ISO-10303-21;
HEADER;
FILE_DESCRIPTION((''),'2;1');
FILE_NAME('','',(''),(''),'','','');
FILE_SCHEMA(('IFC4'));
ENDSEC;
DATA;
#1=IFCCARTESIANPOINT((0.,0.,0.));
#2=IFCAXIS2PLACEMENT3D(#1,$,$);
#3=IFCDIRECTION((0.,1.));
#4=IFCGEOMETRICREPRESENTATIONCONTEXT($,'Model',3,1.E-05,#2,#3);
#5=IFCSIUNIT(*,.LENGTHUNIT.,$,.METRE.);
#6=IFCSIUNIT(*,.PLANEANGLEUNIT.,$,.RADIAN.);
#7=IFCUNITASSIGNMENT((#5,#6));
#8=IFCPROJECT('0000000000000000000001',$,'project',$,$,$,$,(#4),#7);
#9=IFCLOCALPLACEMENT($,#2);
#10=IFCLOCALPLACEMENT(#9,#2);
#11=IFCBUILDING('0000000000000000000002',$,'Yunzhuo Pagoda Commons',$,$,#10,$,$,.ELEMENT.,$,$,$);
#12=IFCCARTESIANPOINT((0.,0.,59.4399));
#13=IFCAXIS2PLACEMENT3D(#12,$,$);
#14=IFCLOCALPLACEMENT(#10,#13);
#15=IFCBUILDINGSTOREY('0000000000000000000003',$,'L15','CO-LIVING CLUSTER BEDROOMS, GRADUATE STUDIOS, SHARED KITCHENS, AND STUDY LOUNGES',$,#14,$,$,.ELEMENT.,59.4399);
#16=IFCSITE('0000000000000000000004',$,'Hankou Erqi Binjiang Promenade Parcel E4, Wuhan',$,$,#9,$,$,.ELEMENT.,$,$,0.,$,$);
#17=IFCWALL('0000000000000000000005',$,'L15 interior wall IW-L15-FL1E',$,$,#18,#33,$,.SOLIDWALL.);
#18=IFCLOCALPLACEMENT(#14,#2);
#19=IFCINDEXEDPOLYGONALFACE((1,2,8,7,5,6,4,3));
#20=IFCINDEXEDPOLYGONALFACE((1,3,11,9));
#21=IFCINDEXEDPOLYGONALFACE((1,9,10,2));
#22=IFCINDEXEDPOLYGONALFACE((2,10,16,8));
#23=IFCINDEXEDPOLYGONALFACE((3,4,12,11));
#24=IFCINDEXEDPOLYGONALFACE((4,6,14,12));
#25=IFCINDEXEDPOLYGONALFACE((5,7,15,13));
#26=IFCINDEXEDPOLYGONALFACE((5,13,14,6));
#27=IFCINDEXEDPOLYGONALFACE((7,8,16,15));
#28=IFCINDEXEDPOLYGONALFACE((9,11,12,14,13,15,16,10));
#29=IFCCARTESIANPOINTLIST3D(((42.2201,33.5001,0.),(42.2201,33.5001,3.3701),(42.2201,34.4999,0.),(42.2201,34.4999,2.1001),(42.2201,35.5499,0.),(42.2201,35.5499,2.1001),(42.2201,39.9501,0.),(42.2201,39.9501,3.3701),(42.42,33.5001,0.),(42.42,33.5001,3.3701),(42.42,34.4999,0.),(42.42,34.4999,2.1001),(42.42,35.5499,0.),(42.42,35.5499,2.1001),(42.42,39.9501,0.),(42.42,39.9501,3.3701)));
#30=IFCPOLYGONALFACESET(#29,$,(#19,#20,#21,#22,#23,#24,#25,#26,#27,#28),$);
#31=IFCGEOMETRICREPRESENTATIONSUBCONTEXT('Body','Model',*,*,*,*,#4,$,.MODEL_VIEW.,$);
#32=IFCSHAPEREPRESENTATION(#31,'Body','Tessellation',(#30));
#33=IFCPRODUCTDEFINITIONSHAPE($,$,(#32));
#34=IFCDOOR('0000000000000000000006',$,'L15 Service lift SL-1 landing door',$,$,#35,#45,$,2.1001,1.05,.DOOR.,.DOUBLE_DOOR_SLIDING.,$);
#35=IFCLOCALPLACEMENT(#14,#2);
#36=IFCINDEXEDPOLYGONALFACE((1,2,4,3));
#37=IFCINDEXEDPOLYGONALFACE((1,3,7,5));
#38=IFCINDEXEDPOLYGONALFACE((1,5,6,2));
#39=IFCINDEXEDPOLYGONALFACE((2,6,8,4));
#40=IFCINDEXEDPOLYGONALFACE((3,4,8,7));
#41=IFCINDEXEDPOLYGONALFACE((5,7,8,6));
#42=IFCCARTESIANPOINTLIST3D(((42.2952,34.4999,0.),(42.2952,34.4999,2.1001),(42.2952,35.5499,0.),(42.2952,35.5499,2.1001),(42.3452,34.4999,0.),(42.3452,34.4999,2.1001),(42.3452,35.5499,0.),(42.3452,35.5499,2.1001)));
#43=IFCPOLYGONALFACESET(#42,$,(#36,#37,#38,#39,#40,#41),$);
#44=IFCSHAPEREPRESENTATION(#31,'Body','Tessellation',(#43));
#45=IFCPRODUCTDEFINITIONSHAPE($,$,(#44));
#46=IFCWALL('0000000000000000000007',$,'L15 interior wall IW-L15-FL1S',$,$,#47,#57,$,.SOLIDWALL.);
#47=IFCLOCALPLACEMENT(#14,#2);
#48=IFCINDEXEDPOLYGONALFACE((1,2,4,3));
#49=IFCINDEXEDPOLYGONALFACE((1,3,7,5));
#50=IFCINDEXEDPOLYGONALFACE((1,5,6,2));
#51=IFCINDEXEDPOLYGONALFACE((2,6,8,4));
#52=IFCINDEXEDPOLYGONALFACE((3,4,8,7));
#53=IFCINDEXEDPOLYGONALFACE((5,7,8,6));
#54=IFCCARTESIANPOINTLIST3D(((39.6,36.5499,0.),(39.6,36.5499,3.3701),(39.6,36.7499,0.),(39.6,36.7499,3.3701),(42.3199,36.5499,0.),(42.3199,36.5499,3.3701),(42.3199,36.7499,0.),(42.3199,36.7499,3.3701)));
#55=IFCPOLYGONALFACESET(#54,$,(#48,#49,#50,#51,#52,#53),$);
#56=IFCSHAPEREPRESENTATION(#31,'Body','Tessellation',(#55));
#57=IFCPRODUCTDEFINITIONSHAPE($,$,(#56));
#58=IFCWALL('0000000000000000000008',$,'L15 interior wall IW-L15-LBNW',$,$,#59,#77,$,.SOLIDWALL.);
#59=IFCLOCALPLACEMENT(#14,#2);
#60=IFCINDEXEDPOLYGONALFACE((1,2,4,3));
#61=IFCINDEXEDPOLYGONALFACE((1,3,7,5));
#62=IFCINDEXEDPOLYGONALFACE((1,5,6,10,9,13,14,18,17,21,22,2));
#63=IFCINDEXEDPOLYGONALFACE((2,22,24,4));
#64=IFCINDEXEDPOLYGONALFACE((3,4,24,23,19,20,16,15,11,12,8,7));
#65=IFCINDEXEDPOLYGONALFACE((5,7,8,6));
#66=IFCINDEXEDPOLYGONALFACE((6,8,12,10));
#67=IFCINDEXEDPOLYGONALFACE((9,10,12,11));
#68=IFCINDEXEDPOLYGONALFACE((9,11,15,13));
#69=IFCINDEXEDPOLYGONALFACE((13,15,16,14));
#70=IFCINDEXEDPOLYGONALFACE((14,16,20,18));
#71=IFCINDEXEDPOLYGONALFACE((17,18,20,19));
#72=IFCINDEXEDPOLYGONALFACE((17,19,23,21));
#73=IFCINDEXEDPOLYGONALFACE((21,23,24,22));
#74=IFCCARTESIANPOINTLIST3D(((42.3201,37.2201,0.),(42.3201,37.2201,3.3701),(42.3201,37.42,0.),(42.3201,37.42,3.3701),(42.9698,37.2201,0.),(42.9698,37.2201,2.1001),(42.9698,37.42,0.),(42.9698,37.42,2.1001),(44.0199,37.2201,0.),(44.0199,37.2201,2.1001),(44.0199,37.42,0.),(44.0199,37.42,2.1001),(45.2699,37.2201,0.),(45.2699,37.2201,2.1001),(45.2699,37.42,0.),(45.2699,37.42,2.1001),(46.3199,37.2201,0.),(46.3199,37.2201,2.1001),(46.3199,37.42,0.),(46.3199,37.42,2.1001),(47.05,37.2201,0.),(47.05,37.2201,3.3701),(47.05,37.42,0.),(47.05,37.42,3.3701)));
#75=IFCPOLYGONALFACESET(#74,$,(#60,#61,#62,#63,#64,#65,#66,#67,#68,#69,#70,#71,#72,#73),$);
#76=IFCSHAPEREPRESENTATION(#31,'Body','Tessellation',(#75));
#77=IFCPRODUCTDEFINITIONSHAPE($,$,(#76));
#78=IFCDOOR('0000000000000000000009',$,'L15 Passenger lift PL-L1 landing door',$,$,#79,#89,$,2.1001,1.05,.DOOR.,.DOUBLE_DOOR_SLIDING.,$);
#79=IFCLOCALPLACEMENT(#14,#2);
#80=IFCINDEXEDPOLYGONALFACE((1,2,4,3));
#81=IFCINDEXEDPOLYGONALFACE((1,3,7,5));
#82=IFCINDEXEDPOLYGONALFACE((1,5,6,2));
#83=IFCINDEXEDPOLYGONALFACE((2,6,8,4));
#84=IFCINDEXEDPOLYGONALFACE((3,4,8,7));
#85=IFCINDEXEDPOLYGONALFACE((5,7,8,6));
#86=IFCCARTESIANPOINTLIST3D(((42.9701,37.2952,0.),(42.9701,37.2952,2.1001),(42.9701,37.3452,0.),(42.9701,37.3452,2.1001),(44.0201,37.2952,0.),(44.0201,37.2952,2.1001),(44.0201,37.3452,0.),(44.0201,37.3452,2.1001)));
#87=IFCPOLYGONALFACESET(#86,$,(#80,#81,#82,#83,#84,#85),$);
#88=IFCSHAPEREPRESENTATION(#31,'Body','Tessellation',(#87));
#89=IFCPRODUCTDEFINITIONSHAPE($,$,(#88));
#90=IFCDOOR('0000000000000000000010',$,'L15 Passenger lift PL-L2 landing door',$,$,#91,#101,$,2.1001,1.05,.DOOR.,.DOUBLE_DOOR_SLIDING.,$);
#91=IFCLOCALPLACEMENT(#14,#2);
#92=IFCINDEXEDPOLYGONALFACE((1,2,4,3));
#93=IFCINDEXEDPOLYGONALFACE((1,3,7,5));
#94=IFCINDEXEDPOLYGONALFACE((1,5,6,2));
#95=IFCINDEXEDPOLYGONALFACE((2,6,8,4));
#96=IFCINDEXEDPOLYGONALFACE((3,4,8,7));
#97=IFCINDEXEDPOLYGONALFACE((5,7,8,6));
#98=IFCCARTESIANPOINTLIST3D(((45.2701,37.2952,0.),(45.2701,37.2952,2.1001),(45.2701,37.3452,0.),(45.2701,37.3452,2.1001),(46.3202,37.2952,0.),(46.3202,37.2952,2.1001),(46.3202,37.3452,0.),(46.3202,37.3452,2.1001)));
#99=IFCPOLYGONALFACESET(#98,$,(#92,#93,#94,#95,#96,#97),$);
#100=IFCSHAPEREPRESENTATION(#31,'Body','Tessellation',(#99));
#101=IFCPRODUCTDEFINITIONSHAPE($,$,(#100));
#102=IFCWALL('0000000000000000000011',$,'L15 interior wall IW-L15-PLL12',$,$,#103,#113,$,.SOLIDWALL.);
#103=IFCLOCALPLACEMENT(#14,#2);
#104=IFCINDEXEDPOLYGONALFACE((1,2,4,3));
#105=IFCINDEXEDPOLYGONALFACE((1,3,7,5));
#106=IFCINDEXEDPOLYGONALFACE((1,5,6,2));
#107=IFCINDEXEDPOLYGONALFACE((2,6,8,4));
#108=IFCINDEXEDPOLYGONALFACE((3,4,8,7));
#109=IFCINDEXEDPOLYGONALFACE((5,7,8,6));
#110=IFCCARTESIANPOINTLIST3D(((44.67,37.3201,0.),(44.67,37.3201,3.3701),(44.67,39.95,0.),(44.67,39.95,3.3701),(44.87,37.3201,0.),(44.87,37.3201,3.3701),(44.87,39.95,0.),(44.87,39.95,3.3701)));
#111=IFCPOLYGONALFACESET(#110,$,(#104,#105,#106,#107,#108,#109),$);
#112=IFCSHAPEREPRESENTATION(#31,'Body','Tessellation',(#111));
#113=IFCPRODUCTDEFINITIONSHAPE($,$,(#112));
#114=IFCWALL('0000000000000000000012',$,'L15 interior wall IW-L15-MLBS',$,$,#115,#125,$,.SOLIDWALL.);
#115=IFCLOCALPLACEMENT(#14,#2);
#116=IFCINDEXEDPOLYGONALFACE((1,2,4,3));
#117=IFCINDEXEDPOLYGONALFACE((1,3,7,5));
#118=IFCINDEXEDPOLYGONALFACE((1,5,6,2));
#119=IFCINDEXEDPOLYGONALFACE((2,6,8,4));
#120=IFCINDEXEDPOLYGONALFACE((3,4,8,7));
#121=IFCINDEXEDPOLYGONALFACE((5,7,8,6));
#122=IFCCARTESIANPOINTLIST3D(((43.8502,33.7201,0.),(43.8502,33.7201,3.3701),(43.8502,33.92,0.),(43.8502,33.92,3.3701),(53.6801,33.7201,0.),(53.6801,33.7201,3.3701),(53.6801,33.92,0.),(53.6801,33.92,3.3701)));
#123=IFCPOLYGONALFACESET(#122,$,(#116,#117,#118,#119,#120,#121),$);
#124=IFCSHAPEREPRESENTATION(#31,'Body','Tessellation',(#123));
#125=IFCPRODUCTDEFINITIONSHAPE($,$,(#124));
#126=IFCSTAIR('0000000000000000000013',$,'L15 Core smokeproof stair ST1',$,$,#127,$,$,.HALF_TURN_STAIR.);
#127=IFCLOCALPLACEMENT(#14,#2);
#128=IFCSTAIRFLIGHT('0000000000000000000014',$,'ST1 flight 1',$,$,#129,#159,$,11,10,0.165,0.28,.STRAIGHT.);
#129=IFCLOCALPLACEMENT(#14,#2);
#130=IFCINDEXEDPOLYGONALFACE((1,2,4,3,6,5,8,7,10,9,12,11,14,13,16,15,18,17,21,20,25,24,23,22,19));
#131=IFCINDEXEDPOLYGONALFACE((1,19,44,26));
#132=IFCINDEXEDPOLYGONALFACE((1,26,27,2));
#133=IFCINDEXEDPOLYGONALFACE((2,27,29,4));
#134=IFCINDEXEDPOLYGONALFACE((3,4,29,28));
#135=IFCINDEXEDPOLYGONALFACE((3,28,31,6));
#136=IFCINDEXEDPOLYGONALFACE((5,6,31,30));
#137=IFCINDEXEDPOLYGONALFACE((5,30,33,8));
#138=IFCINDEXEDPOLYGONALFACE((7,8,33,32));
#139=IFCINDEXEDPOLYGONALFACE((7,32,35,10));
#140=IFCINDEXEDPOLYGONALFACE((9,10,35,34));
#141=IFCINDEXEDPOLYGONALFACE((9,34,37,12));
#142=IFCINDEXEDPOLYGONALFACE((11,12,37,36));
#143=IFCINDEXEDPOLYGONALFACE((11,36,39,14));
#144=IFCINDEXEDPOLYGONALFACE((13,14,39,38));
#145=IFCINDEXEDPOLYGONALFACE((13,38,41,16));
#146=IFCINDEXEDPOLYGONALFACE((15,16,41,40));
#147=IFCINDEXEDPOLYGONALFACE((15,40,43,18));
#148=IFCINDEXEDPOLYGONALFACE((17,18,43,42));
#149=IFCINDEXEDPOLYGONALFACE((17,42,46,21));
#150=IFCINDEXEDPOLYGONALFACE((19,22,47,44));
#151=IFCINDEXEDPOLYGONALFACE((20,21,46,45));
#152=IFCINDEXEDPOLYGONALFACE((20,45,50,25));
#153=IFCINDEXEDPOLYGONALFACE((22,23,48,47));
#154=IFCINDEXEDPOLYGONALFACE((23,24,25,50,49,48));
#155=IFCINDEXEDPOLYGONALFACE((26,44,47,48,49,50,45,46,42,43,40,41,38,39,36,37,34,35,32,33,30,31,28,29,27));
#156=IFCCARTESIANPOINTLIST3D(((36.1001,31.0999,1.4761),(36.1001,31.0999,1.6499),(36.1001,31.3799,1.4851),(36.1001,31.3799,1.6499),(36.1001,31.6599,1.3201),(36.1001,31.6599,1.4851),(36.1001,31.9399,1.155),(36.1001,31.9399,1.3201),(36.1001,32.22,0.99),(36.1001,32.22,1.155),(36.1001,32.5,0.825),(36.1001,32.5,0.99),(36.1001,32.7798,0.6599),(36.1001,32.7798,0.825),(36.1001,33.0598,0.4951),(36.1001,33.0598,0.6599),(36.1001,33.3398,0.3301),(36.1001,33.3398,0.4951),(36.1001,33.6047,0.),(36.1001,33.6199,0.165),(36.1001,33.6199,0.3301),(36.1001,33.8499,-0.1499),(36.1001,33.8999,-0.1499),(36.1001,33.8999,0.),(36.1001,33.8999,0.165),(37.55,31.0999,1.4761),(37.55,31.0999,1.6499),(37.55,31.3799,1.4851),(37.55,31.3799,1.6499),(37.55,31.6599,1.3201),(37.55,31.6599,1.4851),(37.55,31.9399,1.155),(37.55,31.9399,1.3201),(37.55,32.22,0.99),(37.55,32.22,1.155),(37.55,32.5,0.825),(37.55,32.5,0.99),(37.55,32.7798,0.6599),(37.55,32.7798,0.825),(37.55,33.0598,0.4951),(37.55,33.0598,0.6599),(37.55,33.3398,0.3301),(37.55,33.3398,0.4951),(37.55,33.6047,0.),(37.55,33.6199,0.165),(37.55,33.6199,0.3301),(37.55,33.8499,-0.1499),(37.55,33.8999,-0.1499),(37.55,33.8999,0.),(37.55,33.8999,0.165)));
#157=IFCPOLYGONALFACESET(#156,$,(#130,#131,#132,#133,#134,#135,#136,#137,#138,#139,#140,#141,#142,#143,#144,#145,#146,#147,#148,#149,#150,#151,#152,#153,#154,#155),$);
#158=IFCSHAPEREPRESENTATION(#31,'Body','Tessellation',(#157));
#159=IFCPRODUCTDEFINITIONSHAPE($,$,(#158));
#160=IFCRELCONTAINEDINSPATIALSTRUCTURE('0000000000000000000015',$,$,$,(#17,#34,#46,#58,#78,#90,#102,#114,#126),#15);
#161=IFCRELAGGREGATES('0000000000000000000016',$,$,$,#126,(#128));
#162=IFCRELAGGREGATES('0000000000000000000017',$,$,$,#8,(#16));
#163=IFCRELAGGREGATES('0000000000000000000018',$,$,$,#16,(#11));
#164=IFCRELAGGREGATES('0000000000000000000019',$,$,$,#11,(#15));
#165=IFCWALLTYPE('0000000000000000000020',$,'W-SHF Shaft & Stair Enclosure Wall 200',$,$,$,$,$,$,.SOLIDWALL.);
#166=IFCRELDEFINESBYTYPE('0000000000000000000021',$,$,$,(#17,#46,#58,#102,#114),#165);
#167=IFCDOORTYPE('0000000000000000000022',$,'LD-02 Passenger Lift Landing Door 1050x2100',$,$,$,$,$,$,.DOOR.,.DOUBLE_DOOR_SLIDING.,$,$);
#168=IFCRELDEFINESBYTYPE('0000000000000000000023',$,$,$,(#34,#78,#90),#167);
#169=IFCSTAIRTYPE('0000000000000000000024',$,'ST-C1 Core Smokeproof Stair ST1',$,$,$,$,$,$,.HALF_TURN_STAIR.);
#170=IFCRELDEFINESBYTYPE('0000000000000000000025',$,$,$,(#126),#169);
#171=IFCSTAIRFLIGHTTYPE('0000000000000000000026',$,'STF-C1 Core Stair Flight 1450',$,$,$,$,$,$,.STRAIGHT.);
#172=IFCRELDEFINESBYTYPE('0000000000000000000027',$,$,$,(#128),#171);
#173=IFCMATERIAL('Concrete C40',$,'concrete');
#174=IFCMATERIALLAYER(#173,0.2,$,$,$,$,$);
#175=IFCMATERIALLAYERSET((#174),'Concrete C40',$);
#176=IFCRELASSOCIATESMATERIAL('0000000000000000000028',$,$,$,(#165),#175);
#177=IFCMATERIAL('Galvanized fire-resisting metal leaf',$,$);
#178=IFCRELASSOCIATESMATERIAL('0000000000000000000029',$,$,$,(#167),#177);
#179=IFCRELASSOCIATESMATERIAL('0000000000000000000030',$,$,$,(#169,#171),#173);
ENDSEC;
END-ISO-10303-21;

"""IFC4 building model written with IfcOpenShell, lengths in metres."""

from ifc_helpers import new_model, si_unit, direction, frame, frame_2d, origin, origin_with_axes, place, context, subcontext, project, spatial, polyline, rectangle, outline, extrude, source, transform, mapped, material, layer, layer_set, type_object, element, fill, aggregate, save


model = new_model("IFC4")

# Units and contexts
model_context = context("Model", 3, precision=1e-05, world=origin(), true_north=direction((0.0, 1.0)))
body_context = subcontext(model_context, "Body", "Model", "MODEL_VIEW")
ifc_project = project(units=[si_unit("LENGTHUNIT", "METRE"), si_unit("PLANEANGLEUNIT", "RADIAN")], contexts=[model_context])

# Site, building, storey
site_placement = place(None, origin())
site = spatial("IfcSite", under=ifc_project, at=site_placement, Name="Hankou Erqi Binjiang Promenade Parcel E4, Wuhan", CompositionType="ELEMENT", RefElevation=0.0)
building_placement = place(site_placement, origin())
building = spatial("IfcBuilding", under=site, at=building_placement, Name="Yunzhuo Pagoda Commons", CompositionType="ELEMENT")
storey_placement = place(building_placement, frame((0.0, 0.0, 59.4399)))
storey = spatial("IfcBuildingStorey", under=building, at=storey_placement, Name="L15", Description="CO-LIVING CLUSTER BEDROOMS, GRADUATE STUDIOS, SHARED KITCHENS, AND STUDY LOUNGES", CompositionType="ELEMENT", Elevation=59.4399)

# Shared definitions
ifc_material_1 = material(Name="Galvanized fire-resisting metal leaf")
shared_shape_1 = source(origin(), body_context, "Body", "SweptSolid", [
    extrude(rectangle(XDim=1.05, YDim=2.1001, at=frame_2d((0.5249, 1.05))), frame((0.0, 0.0249, 0.0), z_axis=(0.0, -1.0, 0.0), x_axis=(1.0, 0.0, 0.0)), (0.0, 0.0, 1.0), 0.05),
])

# Wall, opening, door
ifc_material_2 = material(Name="Concrete C40", Category="concrete")
ifc_layer_1 = layer(ifc_material_2, 0.2)
ifc_layer_set_1 = layer_set([ifc_layer_1], Name="Concrete C40")
wall_type_1 = type_object("IfcWallType", Name="W-SHF Shaft & Stair Enclosure Wall 200", PredefinedType="SOLIDWALL", material=ifc_layer_set_1)
wall_1_placement = place(storey_placement, frame((42.3201, 33.5, 0.0), z_axis=(0.0, 0.0, 1.0), x_axis=(0.0, 1.0, 0.0)))
wall_1 = element("IfcWall", 1, at=wall_1_placement, inside=storey, type_object=wall_type_1, Name="L15 interior wall IW-L15-FL1E", PredefinedType="SOLIDWALL", context=body_context, shape_type="SweptSolid", body=[
    extrude(rectangle(XDim=6.45, YDim=0.2, at=frame_2d((3.2251, 0.0))), origin(), (0.0, 0.0, 1.0), 3.3701),
])
opening_1_placement = place(wall_1_placement, frame((1.0, 0.0, 0.0)))
opening_1 = element("IfcOpeningElement", 2, at=opening_1_placement, cuts=wall_1, PredefinedType="OPENING", context=body_context, shape_type="SweptSolid", body=[
    extrude(rectangle(XDim=1.05, YDim=2.1001, at=frame_2d((0.5249, 1.05))), frame((0.0, 0.1099, 0.0), z_axis=(0.0, -1.0, 0.0), x_axis=(1.0, 0.0, 0.0)), (0.0, 0.0, 1.0), 0.22),
])
door_type_1 = type_object("IfcDoorType", Name="LD-02 Passenger Lift Landing Door 1050x2100", OperationType="DOUBLE_DOOR_SLIDING", PredefinedType="DOOR", material=ifc_material_1)
door_1_placement = place(opening_1_placement, origin_with_axes())
door_1 = element("IfcDoor", 3, at=door_1_placement, inside=storey, type_object=door_type_1, Name="L15 Service lift SL-1 landing door", OperationType="DOUBLE_DOOR_SLIDING", OverallHeight=2.1001, OverallWidth=1.05, PredefinedType="DOOR", context=body_context, shape_type="MappedRepresentation", body=[
    mapped(shared_shape_1, transform((0.0, 0.0, 0.0), scale=1.0)),
])
fill(opening_1, door_1)

# Wall
wall_2_placement = place(storey_placement, frame((39.6001, 36.6499, 0.0), z_axis=(0.0, 0.0, 1.0), x_axis=(1.0, 0.0, 0.0)))
element("IfcWall", 4, at=wall_2_placement, inside=storey, type_object=wall_type_1, Name="L15 interior wall IW-L15-FL1S", PredefinedType="SOLIDWALL", context=body_context, shape_type="SweptSolid", body=[
    extrude(rectangle(XDim=2.72, YDim=0.2, at=frame_2d((1.3599, 0.0))), origin(), (0.0, 0.0, 1.0), 3.3701),
])

# Wall, openings, doors
wall_3_placement = place(storey_placement, frame((42.3201, 37.3201, 0.0), z_axis=(0.0, 0.0, 1.0), x_axis=(1.0, 0.0, 0.0)))
wall_3 = element("IfcWall", 5, at=wall_3_placement, inside=storey, type_object=wall_type_1, Name="L15 interior wall IW-L15-LBNW", PredefinedType="SOLIDWALL", context=body_context, shape_type="SweptSolid", body=[
    extrude(rectangle(XDim=4.73, YDim=0.2, at=frame_2d((2.365, 0.0))), origin(), (0.0, 0.0, 1.0), 3.3701),
])
opening_2_placement = place(wall_3_placement, frame((0.6499, 0.0, 0.0)))
opening_2 = element("IfcOpeningElement", 6, at=opening_2_placement, cuts=wall_3, PredefinedType="OPENING", context=body_context, shape_type="SweptSolid", body=[
    extrude(rectangle(XDim=1.05, YDim=2.1001, at=frame_2d((0.5249, 1.05))), frame((0.0, 0.1099, 0.0), z_axis=(0.0, -1.0, 0.0), x_axis=(1.0, 0.0, 0.0)), (0.0, 0.0, 1.0), 0.22),
])
opening_3_placement = place(wall_3_placement, frame((2.95, 0.0, 0.0)))
opening_3 = element("IfcOpeningElement", 7, at=opening_3_placement, cuts=wall_3, PredefinedType="OPENING", context=body_context, shape_type="SweptSolid", body=[
    extrude(rectangle(XDim=1.05, YDim=2.1001, at=frame_2d((0.5249, 1.05))), frame((0.0, 0.1099, 0.0), z_axis=(0.0, -1.0, 0.0), x_axis=(1.0, 0.0, 0.0)), (0.0, 0.0, 1.0), 0.22),
])
door_2_placement = place(opening_2_placement, frame((1.05, 0.0, 0.0), z_axis=(0.0, 0.0, 1.0), x_axis=(-1.0, 0.0, 0.0)))
door_2 = element("IfcDoor", 8, at=door_2_placement, inside=storey, type_object=door_type_1, Name="L15 Passenger lift PL-L1 landing door", OperationType="DOUBLE_DOOR_SLIDING", OverallHeight=2.1001, OverallWidth=1.05, PredefinedType="DOOR", context=body_context, shape_type="MappedRepresentation", body=[
    mapped(shared_shape_1, transform((0.0, 0.0, 0.0), scale=1.0)),
])
fill(opening_2, door_2)
door_3_placement = place(opening_3_placement, frame((1.05, 0.0, 0.0), z_axis=(0.0, 0.0, 1.0), x_axis=(-1.0, 0.0, 0.0)))
door_3 = element("IfcDoor", 9, at=door_3_placement, inside=storey, type_object=door_type_1, Name="L15 Passenger lift PL-L2 landing door", OperationType="DOUBLE_DOOR_SLIDING", OverallHeight=2.1001, OverallWidth=1.05, PredefinedType="DOOR", context=body_context, shape_type="MappedRepresentation", body=[
    mapped(shared_shape_1, transform((0.0, 0.0, 0.0), scale=1.0)),
])
fill(opening_3, door_3)

# Walls
wall_4_placement = place(storey_placement, frame((44.77, 37.3201, 0.0), z_axis=(0.0, 0.0, 1.0), x_axis=(0.0, 1.0, 0.0)))
element("IfcWall", 10, at=wall_4_placement, inside=storey, type_object=wall_type_1, Name="L15 interior wall IW-L15-PLL12", PredefinedType="SOLIDWALL", context=body_context, shape_type="SweptSolid", body=[
    extrude(rectangle(XDim=2.6299, YDim=0.2, at=frame_2d((1.3149, 0.0))), origin(), (0.0, 0.0, 1.0), 3.3701),
])
wall_5_placement = place(storey_placement, frame((43.8501, 33.8201, 0.0), z_axis=(0.0, 0.0, 1.0), x_axis=(1.0, 0.0, 0.0)))
element("IfcWall", 11, at=wall_5_placement, inside=storey, type_object=wall_type_1, Name="L15 interior wall IW-L15-MLBS", PredefinedType="SOLIDWALL", context=body_context, shape_type="SweptSolid", body=[
    extrude(rectangle(XDim=9.8298, YDim=0.2, at=frame_2d((4.915, 0.0))), origin(), (0.0, 0.0, 1.0), 3.3701),
])

# Stair, stair flight
stair_type = type_object("IfcStairType", Name="ST-C1 Core Smokeproof Stair ST1", PredefinedType="HALF_TURN_STAIR", material=ifc_material_2)
stair_placement = place(storey_placement, origin())
stair = element("IfcStair", 12, at=stair_placement, inside=storey, type_object=stair_type, Name="L15 Core smokeproof stair ST1", PredefinedType="HALF_TURN_STAIR")
stair_flight_type = type_object("IfcStairFlightType", Name="STF-C1 Core Stair Flight 1450", PredefinedType="STRAIGHT", material=ifc_material_2)
shared_shape_2 = source(origin(), body_context, "Body", "SweptSolid", [
    extrude(outline(polyline([(0.0, -0.1499), (0.0, 0.0), (0.0, 0.165), (0.28, 0.165), (0.28, 0.3301), (0.5601, 0.3301), (0.5601, 0.4951), (0.8401, 0.4951), (0.8401, 0.6599), (1.1201, 0.6599), (1.1201, 0.825), (1.3999, 0.825), (1.3999, 0.99), (1.6799, 0.99), (1.6799, 1.155), (1.96, 1.155), (1.96, 1.3201), (2.24, 1.3201), (2.24, 1.4851), (2.52, 1.4851), (2.52, 1.6499), (2.8, 1.6499), (2.8, 1.8149), (2.8, 1.4761), (0.2952, 0.0), (0.05, -0.1499), (0.0, -0.1499)])), frame((0.0, 0.7251, 0.0), z_axis=(0.0, -1.0, 0.0), x_axis=(1.0, 0.0, 0.0)), (0.0, 0.0, 1.0), 1.45),
])
stair_flight_placement = place(storey_placement, frame((36.825, 33.8999, 0.0), z_axis=(0.0, 0.0, 1.0), x_axis=(0.0, -1.0, 0.0)))
stair_flight = element("IfcStairFlight", 13, at=stair_flight_placement, type_object=stair_flight_type, Name="ST1 flight 1", NumberOfRisers=11, NumberOfTreads=10, PredefinedType="STRAIGHT", RiserHeight=0.165, TreadLength=0.28, context=body_context, shape_type="MappedRepresentation", body=[
    mapped(shared_shape_2, transform((0.0, 0.0, 0.0), scale=1.0)),
])
aggregate(stair, [stair_flight])

save(model, "model.ifc")
